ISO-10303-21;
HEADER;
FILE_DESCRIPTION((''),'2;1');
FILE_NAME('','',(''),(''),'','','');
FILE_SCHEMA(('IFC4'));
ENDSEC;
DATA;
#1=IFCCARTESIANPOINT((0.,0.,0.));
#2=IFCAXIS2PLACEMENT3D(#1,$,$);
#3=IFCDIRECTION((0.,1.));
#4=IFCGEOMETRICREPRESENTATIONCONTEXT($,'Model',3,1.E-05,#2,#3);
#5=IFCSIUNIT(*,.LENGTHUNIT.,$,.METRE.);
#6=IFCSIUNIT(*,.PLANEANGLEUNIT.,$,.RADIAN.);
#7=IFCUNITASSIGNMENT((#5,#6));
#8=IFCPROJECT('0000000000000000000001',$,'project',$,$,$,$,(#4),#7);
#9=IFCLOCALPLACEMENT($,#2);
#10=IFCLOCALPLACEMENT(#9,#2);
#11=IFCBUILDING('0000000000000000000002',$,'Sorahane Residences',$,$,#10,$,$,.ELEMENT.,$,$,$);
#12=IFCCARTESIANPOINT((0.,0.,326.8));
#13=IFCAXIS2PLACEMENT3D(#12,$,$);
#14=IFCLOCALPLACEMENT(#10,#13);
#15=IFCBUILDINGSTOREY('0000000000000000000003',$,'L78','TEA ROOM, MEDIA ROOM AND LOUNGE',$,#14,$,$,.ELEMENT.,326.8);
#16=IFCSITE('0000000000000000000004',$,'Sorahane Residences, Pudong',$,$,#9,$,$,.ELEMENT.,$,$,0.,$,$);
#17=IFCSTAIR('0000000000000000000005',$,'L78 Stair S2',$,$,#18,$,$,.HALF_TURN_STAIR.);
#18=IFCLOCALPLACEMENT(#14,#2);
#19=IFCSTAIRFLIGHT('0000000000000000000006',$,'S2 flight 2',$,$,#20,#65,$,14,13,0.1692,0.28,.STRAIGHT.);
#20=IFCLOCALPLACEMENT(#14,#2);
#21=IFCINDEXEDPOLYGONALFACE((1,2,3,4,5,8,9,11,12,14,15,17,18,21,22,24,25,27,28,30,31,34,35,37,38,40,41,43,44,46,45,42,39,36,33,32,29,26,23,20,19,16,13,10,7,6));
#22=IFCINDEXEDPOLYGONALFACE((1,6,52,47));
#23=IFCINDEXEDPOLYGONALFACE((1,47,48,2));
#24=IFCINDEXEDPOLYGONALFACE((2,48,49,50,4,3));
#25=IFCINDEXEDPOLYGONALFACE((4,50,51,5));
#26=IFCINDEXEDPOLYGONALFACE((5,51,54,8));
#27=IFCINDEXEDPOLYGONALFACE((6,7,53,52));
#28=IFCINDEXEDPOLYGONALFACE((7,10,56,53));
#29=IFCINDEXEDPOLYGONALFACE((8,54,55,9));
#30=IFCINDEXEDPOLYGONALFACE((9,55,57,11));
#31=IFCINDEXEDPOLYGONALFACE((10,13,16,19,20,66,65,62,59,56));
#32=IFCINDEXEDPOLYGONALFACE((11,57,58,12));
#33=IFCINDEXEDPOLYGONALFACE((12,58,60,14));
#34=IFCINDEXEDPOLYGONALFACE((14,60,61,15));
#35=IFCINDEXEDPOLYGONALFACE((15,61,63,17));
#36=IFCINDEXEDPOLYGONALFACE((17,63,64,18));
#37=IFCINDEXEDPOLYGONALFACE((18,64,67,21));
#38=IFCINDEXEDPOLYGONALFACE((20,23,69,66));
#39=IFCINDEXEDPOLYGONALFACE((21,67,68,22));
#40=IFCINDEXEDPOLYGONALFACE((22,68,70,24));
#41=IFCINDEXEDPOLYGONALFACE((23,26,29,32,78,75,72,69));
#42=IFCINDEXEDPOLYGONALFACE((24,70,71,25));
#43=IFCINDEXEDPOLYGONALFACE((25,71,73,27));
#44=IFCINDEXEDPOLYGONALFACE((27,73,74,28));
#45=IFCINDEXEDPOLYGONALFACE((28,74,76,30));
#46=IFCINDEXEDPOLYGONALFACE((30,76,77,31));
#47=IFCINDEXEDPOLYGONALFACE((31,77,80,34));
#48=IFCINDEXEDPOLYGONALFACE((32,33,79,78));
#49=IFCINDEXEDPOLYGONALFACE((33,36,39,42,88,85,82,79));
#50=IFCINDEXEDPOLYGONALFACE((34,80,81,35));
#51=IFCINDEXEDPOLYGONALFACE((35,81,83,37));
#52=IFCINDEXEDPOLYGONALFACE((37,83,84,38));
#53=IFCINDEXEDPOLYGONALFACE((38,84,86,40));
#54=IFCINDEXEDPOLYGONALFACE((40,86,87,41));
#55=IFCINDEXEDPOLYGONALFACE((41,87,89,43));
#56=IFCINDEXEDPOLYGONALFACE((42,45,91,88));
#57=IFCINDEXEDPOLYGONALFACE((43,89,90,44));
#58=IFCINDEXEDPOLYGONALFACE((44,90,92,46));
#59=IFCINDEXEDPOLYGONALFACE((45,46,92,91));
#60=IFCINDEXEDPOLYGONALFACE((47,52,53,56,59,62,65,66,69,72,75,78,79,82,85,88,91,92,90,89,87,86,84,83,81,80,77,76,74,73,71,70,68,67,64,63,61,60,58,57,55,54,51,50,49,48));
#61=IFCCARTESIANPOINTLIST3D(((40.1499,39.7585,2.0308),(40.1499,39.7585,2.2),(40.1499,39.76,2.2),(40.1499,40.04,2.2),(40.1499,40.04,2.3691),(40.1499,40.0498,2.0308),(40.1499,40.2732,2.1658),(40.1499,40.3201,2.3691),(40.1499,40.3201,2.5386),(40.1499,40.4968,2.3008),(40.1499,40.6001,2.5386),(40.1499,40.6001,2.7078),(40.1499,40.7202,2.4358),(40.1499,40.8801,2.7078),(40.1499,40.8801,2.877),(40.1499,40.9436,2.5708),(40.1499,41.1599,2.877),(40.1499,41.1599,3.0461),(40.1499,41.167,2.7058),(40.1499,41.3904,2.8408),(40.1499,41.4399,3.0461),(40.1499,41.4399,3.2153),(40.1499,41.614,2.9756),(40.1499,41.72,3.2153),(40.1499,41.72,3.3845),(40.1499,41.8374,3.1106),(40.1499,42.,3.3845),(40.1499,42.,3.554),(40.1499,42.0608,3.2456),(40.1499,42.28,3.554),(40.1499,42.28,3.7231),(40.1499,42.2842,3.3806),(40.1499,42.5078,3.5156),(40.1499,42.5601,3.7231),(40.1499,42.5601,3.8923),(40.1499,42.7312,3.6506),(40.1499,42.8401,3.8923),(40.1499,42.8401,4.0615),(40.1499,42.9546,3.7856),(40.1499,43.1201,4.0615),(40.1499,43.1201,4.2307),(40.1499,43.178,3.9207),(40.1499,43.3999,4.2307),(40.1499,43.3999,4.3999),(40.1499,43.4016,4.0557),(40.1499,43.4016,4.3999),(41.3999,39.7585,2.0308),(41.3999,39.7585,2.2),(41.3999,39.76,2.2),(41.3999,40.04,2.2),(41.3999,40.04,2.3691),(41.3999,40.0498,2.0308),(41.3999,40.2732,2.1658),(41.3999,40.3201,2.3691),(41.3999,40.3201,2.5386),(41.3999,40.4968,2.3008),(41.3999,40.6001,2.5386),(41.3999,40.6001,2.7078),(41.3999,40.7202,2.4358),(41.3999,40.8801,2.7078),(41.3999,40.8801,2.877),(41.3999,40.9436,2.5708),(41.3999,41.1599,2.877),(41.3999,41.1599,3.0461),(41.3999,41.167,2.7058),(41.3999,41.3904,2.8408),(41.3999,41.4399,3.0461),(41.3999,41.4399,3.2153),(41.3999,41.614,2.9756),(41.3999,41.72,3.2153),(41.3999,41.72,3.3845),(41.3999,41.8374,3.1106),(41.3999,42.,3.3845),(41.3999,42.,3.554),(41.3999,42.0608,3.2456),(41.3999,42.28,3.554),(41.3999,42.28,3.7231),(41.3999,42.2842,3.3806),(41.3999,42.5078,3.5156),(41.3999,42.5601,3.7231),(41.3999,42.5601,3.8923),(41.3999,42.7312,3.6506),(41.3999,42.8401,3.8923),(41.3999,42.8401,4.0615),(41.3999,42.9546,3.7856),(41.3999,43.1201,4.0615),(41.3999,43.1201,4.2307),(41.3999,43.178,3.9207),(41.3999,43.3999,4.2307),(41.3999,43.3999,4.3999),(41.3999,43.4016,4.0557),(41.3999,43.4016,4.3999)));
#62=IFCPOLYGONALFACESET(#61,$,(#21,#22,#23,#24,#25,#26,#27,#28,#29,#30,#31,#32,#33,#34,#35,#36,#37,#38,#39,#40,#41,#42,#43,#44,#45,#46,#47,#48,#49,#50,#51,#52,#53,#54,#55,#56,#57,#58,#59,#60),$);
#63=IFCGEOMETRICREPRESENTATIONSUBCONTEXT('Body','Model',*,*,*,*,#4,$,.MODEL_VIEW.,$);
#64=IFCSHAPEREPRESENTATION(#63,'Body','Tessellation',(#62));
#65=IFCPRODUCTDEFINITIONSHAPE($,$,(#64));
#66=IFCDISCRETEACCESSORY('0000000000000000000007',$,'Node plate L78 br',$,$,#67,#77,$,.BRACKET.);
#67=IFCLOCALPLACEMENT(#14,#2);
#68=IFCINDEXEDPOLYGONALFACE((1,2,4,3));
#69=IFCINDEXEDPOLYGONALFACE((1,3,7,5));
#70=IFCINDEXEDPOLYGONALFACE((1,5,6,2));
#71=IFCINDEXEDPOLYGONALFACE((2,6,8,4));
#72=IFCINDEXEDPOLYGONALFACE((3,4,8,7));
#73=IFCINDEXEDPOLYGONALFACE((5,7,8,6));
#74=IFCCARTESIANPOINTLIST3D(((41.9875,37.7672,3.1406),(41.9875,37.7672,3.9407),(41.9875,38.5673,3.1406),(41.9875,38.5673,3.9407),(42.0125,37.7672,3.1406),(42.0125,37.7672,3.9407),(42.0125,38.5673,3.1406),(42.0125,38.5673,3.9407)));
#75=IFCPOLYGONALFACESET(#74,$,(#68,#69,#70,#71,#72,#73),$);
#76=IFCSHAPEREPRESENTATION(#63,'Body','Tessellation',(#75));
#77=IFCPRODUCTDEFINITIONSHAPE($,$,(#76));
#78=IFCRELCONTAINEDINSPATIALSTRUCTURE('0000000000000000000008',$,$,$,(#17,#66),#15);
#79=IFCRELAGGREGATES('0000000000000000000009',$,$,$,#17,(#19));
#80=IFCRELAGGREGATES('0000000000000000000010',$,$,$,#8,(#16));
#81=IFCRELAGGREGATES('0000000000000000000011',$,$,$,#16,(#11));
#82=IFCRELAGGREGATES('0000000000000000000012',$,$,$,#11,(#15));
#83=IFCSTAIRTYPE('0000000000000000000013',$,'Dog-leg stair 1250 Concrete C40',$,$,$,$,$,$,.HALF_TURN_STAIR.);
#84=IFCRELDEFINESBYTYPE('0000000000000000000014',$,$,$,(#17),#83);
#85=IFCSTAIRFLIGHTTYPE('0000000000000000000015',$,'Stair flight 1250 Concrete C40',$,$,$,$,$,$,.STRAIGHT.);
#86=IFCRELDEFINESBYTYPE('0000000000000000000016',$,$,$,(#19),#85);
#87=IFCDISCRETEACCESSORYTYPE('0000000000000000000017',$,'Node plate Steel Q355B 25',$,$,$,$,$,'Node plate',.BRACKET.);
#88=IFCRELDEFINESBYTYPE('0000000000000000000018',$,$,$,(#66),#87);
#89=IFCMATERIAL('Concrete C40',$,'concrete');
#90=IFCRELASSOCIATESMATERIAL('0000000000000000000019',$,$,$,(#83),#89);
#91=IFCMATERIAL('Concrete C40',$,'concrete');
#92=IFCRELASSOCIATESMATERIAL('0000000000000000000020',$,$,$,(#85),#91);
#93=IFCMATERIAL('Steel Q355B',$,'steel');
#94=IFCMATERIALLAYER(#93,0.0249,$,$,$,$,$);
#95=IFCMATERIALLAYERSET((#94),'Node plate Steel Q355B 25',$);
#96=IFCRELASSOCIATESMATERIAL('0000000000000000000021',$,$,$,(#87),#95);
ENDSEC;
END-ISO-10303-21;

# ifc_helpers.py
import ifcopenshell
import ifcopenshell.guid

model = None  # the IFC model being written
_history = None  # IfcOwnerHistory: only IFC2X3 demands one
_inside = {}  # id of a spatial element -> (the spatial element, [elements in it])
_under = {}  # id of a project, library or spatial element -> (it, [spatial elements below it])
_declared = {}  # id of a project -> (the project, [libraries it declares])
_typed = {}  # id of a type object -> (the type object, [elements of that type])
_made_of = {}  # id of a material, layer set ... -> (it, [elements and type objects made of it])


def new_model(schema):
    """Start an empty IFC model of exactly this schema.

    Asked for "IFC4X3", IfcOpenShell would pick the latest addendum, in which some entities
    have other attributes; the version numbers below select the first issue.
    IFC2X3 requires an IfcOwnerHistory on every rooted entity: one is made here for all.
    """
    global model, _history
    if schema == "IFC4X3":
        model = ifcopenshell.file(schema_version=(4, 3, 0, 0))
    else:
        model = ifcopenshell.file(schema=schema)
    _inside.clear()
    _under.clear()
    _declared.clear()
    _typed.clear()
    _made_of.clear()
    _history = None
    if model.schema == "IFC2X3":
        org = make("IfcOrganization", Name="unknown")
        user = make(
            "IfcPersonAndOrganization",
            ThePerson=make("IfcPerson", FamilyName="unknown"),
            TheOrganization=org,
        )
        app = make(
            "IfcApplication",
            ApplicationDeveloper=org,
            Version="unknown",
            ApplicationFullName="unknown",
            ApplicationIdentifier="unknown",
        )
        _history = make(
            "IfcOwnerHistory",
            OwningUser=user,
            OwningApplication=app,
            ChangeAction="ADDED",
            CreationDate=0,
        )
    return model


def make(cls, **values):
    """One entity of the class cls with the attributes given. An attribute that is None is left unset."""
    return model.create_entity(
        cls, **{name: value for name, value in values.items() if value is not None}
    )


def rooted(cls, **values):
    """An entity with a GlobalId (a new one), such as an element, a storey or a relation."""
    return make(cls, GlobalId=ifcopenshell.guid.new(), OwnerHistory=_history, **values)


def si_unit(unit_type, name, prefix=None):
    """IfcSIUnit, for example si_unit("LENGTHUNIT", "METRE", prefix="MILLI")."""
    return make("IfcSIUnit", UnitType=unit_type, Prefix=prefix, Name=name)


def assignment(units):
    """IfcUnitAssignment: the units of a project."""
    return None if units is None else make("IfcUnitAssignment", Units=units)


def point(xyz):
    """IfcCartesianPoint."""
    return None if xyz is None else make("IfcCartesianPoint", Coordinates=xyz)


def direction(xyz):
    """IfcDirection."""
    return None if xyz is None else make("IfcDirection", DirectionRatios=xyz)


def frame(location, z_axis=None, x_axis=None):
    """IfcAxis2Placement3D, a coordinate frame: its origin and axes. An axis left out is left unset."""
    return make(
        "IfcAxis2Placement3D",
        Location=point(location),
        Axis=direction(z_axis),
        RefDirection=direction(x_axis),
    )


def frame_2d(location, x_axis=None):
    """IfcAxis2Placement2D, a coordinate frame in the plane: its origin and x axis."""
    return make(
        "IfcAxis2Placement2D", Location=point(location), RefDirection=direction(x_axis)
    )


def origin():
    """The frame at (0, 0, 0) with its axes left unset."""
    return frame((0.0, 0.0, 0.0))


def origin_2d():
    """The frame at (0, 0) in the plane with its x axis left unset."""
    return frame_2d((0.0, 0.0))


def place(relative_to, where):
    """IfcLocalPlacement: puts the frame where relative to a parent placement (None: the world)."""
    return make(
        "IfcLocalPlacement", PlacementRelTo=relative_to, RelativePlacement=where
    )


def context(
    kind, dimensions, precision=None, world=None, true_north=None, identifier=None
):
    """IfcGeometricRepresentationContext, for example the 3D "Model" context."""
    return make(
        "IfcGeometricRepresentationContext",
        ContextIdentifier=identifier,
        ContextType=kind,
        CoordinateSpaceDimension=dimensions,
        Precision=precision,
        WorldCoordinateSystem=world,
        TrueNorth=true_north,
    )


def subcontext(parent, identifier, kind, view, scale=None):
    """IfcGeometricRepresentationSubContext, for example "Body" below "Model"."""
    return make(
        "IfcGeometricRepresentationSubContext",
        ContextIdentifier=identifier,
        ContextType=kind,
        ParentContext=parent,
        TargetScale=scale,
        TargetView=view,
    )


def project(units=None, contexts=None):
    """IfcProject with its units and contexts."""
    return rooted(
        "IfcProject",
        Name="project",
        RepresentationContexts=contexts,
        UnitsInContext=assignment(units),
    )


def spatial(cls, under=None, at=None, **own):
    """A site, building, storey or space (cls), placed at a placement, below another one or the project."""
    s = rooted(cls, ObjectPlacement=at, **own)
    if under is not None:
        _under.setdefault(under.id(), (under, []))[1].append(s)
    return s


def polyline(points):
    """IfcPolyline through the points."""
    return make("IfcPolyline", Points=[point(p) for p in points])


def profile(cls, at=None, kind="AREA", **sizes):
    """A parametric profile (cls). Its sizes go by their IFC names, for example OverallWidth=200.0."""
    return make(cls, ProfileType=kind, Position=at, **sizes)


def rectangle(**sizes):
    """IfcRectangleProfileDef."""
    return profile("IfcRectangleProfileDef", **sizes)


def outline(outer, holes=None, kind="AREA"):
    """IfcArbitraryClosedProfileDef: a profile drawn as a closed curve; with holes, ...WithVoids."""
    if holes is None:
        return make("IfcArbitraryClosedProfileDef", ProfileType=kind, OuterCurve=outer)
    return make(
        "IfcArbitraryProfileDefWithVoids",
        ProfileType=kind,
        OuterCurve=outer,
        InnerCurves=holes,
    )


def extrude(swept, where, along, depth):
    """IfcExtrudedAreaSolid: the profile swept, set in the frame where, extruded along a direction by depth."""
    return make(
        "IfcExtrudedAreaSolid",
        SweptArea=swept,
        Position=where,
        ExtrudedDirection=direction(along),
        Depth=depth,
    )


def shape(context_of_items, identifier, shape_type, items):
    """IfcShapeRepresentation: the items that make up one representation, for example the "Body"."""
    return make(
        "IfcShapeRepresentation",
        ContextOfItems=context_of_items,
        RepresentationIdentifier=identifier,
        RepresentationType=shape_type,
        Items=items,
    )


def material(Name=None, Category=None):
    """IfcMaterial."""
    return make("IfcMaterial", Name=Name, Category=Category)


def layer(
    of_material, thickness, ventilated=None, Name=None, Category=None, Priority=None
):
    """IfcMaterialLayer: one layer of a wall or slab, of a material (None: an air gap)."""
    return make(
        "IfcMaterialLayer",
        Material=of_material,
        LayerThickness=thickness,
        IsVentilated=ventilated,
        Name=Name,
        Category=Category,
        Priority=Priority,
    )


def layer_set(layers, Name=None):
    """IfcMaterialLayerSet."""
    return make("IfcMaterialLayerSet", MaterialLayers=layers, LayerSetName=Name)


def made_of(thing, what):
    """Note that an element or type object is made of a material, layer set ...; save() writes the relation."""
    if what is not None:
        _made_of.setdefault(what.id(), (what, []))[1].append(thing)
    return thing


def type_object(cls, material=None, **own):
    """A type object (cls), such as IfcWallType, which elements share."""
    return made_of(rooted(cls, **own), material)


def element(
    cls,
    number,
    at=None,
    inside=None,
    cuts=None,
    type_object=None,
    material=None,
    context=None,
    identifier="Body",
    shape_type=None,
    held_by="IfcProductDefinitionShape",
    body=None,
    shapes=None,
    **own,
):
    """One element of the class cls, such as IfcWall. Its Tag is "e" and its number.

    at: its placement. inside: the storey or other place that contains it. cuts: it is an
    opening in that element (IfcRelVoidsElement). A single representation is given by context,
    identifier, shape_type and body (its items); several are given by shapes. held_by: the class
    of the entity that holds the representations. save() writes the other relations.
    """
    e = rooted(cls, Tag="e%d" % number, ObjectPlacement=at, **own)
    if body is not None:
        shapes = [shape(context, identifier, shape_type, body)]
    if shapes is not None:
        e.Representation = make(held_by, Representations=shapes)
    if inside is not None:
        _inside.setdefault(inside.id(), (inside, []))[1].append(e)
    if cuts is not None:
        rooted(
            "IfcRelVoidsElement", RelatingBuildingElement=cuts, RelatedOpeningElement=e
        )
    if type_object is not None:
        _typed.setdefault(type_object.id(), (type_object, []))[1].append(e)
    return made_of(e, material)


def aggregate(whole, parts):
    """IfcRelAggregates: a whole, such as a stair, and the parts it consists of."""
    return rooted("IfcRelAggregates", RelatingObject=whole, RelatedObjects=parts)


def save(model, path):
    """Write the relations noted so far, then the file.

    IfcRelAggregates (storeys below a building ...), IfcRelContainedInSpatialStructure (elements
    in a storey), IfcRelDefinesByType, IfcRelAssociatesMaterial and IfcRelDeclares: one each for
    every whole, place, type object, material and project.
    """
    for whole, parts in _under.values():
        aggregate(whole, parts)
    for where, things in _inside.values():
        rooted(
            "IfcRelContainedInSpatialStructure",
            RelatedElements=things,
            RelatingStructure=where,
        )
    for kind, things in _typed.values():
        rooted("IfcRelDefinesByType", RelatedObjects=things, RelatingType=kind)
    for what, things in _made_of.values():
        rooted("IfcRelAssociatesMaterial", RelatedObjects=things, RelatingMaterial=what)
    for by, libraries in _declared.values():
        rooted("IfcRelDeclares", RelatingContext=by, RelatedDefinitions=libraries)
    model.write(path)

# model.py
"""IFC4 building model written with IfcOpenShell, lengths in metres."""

from ifc_helpers import new_model, si_unit, direction, frame, origin, origin_2d, place, context, subcontext, project, spatial, polyline, rectangle, outline, extrude, material, layer, layer_set, type_object, element, aggregate, save


model = new_model("IFC4")

# Units and contexts
model_context = context("Model", 3, precision=1e-05, world=origin(), true_north=direction((0.0, 1.0)))
body_context = subcontext(model_context, "Body", "Model", "MODEL_VIEW")
ifc_project = project(units=[si_unit("LENGTHUNIT", "METRE"), si_unit("PLANEANGLEUNIT", "RADIAN")], contexts=[model_context])

# Site, building, storey
site_placement = place(None, origin())
site = spatial("IfcSite", under=ifc_project, at=site_placement, Name="Sorahane Residences, Pudong", CompositionType="ELEMENT", RefElevation=0.0)
building_placement = place(site_placement, origin())
building = spatial("IfcBuilding", under=site, at=building_placement, Name="Sorahane Residences", CompositionType="ELEMENT")
storey_placement = place(building_placement, frame((0.0, 0.0, 326.8)))
storey = spatial("IfcBuildingStorey", under=building, at=storey_placement, Name="L78", Description="TEA ROOM, MEDIA ROOM AND LOUNGE", CompositionType="ELEMENT", Elevation=326.8)

# Stair, stair flight
ifc_material_1 = material(Name="Concrete C40", Category="concrete")
stair_type = type_object("IfcStairType", Name="Dog-leg stair 1250 Concrete C40", PredefinedType="HALF_TURN_STAIR", material=ifc_material_1)
stair_placement = place(storey_placement, origin())
stair = element("IfcStair", 1, at=stair_placement, inside=storey, type_object=stair_type, Name="L78 Stair S2", PredefinedType="HALF_TURN_STAIR")
ifc_material_2 = material(Name="Concrete C40", Category="concrete")
stair_flight_type = type_object("IfcStairFlightType", Name="Stair flight 1250 Concrete C40", PredefinedType="STRAIGHT", material=ifc_material_2)
stair_flight_placement = place(storey_placement, frame((40.7749, 39.76, 2.0308), z_axis=(0.0, 0.0, 1.0), x_axis=(0.0, 1.0, 0.0)))
stair_flight = element("IfcStairFlight", 2, at=stair_flight_placement, type_object=stair_flight_type, Name="S2 flight 2", NumberOfRisers=14, NumberOfTreads=13, PredefinedType="STRAIGHT", RiserHeight=0.1692, TreadLength=0.28, context=body_context, shape_type="SweptSolid", body=[
    extrude(outline(polyline([(-0.0015, 0.0), (-0.0015, 0.1692), (0.0, 0.1692), (0.28, 0.1692), (0.28, 0.3384), (0.5601, 0.3384), (0.5601, 0.5078), (0.8401, 0.5078), (0.8401, 0.677), (1.1201, 0.677), (1.1201, 0.8462), (1.3999, 0.8462), (1.3999, 1.0154), (1.6799, 1.0154), (1.6799, 1.1846), (1.96, 1.1846), (1.96, 1.3538), (2.24, 1.3538), (2.24, 1.5232), (2.52, 1.5232), (2.52, 1.6924), (2.8, 1.6924), (2.8, 1.8616), (3.0801, 1.8616), (3.0801, 2.0308), (3.3601, 2.0308), (3.3601, 2.2), (3.6399, 2.2), (3.6399, 2.3691), (3.6416, 2.3691), (3.6416, 2.0249), (3.418, 1.8899), (3.1946, 1.7549), (2.9712, 1.6199), (2.7478, 1.4849), (2.5242, 1.3499), (2.3008, 1.2148), (2.0774, 1.0798), (1.854, 0.9448), (1.6304, 0.8101), (1.407, 0.675), (1.1836, 0.54), (0.9602, 0.405), (0.7368, 0.27), (0.5132, 0.135), (0.2898, 0.0), (-0.0015, 0.0)])), frame((0.0, 0.625, 0.0), z_axis=(0.0, -1.0, 0.0), x_axis=(1.0, 0.0, 0.0)), (0.0, 0.0, 1.0), 1.25),
])
aggregate(stair, [stair_flight])

# Discrete accessory
ifc_material_3 = material(Name="Steel Q355B", Category="steel")
ifc_layer_1 = layer(ifc_material_3, 0.0249)
ifc_layer_set_1 = layer_set([ifc_layer_1], Name="Node plate Steel Q355B 25")
discrete_accessory_type = type_object("IfcDiscreteAccessoryType", Name="Node plate Steel Q355B 25", ElementType="Node plate", PredefinedType="BRACKET", material=ifc_layer_set_1)
discrete_accessory_placement = place(storey_placement, frame((42.0, 38.1672, 3.1406), z_axis=(0.0, 0.0, 1.0), x_axis=(0.0, 1.0, 0.0)))
element("IfcDiscreteAccessory", 3, at=discrete_accessory_placement, inside=storey, type_object=discrete_accessory_type, Name="Node plate L78 br", PredefinedType="BRACKET", context=body_context, shape_type="SweptSolid", body=[
    extrude(rectangle(XDim=0.8, YDim=0.0249, at=origin_2d()), origin(), (0.0, 0.0, 1.0), 0.8),
])

save(model, "model.ifc")
